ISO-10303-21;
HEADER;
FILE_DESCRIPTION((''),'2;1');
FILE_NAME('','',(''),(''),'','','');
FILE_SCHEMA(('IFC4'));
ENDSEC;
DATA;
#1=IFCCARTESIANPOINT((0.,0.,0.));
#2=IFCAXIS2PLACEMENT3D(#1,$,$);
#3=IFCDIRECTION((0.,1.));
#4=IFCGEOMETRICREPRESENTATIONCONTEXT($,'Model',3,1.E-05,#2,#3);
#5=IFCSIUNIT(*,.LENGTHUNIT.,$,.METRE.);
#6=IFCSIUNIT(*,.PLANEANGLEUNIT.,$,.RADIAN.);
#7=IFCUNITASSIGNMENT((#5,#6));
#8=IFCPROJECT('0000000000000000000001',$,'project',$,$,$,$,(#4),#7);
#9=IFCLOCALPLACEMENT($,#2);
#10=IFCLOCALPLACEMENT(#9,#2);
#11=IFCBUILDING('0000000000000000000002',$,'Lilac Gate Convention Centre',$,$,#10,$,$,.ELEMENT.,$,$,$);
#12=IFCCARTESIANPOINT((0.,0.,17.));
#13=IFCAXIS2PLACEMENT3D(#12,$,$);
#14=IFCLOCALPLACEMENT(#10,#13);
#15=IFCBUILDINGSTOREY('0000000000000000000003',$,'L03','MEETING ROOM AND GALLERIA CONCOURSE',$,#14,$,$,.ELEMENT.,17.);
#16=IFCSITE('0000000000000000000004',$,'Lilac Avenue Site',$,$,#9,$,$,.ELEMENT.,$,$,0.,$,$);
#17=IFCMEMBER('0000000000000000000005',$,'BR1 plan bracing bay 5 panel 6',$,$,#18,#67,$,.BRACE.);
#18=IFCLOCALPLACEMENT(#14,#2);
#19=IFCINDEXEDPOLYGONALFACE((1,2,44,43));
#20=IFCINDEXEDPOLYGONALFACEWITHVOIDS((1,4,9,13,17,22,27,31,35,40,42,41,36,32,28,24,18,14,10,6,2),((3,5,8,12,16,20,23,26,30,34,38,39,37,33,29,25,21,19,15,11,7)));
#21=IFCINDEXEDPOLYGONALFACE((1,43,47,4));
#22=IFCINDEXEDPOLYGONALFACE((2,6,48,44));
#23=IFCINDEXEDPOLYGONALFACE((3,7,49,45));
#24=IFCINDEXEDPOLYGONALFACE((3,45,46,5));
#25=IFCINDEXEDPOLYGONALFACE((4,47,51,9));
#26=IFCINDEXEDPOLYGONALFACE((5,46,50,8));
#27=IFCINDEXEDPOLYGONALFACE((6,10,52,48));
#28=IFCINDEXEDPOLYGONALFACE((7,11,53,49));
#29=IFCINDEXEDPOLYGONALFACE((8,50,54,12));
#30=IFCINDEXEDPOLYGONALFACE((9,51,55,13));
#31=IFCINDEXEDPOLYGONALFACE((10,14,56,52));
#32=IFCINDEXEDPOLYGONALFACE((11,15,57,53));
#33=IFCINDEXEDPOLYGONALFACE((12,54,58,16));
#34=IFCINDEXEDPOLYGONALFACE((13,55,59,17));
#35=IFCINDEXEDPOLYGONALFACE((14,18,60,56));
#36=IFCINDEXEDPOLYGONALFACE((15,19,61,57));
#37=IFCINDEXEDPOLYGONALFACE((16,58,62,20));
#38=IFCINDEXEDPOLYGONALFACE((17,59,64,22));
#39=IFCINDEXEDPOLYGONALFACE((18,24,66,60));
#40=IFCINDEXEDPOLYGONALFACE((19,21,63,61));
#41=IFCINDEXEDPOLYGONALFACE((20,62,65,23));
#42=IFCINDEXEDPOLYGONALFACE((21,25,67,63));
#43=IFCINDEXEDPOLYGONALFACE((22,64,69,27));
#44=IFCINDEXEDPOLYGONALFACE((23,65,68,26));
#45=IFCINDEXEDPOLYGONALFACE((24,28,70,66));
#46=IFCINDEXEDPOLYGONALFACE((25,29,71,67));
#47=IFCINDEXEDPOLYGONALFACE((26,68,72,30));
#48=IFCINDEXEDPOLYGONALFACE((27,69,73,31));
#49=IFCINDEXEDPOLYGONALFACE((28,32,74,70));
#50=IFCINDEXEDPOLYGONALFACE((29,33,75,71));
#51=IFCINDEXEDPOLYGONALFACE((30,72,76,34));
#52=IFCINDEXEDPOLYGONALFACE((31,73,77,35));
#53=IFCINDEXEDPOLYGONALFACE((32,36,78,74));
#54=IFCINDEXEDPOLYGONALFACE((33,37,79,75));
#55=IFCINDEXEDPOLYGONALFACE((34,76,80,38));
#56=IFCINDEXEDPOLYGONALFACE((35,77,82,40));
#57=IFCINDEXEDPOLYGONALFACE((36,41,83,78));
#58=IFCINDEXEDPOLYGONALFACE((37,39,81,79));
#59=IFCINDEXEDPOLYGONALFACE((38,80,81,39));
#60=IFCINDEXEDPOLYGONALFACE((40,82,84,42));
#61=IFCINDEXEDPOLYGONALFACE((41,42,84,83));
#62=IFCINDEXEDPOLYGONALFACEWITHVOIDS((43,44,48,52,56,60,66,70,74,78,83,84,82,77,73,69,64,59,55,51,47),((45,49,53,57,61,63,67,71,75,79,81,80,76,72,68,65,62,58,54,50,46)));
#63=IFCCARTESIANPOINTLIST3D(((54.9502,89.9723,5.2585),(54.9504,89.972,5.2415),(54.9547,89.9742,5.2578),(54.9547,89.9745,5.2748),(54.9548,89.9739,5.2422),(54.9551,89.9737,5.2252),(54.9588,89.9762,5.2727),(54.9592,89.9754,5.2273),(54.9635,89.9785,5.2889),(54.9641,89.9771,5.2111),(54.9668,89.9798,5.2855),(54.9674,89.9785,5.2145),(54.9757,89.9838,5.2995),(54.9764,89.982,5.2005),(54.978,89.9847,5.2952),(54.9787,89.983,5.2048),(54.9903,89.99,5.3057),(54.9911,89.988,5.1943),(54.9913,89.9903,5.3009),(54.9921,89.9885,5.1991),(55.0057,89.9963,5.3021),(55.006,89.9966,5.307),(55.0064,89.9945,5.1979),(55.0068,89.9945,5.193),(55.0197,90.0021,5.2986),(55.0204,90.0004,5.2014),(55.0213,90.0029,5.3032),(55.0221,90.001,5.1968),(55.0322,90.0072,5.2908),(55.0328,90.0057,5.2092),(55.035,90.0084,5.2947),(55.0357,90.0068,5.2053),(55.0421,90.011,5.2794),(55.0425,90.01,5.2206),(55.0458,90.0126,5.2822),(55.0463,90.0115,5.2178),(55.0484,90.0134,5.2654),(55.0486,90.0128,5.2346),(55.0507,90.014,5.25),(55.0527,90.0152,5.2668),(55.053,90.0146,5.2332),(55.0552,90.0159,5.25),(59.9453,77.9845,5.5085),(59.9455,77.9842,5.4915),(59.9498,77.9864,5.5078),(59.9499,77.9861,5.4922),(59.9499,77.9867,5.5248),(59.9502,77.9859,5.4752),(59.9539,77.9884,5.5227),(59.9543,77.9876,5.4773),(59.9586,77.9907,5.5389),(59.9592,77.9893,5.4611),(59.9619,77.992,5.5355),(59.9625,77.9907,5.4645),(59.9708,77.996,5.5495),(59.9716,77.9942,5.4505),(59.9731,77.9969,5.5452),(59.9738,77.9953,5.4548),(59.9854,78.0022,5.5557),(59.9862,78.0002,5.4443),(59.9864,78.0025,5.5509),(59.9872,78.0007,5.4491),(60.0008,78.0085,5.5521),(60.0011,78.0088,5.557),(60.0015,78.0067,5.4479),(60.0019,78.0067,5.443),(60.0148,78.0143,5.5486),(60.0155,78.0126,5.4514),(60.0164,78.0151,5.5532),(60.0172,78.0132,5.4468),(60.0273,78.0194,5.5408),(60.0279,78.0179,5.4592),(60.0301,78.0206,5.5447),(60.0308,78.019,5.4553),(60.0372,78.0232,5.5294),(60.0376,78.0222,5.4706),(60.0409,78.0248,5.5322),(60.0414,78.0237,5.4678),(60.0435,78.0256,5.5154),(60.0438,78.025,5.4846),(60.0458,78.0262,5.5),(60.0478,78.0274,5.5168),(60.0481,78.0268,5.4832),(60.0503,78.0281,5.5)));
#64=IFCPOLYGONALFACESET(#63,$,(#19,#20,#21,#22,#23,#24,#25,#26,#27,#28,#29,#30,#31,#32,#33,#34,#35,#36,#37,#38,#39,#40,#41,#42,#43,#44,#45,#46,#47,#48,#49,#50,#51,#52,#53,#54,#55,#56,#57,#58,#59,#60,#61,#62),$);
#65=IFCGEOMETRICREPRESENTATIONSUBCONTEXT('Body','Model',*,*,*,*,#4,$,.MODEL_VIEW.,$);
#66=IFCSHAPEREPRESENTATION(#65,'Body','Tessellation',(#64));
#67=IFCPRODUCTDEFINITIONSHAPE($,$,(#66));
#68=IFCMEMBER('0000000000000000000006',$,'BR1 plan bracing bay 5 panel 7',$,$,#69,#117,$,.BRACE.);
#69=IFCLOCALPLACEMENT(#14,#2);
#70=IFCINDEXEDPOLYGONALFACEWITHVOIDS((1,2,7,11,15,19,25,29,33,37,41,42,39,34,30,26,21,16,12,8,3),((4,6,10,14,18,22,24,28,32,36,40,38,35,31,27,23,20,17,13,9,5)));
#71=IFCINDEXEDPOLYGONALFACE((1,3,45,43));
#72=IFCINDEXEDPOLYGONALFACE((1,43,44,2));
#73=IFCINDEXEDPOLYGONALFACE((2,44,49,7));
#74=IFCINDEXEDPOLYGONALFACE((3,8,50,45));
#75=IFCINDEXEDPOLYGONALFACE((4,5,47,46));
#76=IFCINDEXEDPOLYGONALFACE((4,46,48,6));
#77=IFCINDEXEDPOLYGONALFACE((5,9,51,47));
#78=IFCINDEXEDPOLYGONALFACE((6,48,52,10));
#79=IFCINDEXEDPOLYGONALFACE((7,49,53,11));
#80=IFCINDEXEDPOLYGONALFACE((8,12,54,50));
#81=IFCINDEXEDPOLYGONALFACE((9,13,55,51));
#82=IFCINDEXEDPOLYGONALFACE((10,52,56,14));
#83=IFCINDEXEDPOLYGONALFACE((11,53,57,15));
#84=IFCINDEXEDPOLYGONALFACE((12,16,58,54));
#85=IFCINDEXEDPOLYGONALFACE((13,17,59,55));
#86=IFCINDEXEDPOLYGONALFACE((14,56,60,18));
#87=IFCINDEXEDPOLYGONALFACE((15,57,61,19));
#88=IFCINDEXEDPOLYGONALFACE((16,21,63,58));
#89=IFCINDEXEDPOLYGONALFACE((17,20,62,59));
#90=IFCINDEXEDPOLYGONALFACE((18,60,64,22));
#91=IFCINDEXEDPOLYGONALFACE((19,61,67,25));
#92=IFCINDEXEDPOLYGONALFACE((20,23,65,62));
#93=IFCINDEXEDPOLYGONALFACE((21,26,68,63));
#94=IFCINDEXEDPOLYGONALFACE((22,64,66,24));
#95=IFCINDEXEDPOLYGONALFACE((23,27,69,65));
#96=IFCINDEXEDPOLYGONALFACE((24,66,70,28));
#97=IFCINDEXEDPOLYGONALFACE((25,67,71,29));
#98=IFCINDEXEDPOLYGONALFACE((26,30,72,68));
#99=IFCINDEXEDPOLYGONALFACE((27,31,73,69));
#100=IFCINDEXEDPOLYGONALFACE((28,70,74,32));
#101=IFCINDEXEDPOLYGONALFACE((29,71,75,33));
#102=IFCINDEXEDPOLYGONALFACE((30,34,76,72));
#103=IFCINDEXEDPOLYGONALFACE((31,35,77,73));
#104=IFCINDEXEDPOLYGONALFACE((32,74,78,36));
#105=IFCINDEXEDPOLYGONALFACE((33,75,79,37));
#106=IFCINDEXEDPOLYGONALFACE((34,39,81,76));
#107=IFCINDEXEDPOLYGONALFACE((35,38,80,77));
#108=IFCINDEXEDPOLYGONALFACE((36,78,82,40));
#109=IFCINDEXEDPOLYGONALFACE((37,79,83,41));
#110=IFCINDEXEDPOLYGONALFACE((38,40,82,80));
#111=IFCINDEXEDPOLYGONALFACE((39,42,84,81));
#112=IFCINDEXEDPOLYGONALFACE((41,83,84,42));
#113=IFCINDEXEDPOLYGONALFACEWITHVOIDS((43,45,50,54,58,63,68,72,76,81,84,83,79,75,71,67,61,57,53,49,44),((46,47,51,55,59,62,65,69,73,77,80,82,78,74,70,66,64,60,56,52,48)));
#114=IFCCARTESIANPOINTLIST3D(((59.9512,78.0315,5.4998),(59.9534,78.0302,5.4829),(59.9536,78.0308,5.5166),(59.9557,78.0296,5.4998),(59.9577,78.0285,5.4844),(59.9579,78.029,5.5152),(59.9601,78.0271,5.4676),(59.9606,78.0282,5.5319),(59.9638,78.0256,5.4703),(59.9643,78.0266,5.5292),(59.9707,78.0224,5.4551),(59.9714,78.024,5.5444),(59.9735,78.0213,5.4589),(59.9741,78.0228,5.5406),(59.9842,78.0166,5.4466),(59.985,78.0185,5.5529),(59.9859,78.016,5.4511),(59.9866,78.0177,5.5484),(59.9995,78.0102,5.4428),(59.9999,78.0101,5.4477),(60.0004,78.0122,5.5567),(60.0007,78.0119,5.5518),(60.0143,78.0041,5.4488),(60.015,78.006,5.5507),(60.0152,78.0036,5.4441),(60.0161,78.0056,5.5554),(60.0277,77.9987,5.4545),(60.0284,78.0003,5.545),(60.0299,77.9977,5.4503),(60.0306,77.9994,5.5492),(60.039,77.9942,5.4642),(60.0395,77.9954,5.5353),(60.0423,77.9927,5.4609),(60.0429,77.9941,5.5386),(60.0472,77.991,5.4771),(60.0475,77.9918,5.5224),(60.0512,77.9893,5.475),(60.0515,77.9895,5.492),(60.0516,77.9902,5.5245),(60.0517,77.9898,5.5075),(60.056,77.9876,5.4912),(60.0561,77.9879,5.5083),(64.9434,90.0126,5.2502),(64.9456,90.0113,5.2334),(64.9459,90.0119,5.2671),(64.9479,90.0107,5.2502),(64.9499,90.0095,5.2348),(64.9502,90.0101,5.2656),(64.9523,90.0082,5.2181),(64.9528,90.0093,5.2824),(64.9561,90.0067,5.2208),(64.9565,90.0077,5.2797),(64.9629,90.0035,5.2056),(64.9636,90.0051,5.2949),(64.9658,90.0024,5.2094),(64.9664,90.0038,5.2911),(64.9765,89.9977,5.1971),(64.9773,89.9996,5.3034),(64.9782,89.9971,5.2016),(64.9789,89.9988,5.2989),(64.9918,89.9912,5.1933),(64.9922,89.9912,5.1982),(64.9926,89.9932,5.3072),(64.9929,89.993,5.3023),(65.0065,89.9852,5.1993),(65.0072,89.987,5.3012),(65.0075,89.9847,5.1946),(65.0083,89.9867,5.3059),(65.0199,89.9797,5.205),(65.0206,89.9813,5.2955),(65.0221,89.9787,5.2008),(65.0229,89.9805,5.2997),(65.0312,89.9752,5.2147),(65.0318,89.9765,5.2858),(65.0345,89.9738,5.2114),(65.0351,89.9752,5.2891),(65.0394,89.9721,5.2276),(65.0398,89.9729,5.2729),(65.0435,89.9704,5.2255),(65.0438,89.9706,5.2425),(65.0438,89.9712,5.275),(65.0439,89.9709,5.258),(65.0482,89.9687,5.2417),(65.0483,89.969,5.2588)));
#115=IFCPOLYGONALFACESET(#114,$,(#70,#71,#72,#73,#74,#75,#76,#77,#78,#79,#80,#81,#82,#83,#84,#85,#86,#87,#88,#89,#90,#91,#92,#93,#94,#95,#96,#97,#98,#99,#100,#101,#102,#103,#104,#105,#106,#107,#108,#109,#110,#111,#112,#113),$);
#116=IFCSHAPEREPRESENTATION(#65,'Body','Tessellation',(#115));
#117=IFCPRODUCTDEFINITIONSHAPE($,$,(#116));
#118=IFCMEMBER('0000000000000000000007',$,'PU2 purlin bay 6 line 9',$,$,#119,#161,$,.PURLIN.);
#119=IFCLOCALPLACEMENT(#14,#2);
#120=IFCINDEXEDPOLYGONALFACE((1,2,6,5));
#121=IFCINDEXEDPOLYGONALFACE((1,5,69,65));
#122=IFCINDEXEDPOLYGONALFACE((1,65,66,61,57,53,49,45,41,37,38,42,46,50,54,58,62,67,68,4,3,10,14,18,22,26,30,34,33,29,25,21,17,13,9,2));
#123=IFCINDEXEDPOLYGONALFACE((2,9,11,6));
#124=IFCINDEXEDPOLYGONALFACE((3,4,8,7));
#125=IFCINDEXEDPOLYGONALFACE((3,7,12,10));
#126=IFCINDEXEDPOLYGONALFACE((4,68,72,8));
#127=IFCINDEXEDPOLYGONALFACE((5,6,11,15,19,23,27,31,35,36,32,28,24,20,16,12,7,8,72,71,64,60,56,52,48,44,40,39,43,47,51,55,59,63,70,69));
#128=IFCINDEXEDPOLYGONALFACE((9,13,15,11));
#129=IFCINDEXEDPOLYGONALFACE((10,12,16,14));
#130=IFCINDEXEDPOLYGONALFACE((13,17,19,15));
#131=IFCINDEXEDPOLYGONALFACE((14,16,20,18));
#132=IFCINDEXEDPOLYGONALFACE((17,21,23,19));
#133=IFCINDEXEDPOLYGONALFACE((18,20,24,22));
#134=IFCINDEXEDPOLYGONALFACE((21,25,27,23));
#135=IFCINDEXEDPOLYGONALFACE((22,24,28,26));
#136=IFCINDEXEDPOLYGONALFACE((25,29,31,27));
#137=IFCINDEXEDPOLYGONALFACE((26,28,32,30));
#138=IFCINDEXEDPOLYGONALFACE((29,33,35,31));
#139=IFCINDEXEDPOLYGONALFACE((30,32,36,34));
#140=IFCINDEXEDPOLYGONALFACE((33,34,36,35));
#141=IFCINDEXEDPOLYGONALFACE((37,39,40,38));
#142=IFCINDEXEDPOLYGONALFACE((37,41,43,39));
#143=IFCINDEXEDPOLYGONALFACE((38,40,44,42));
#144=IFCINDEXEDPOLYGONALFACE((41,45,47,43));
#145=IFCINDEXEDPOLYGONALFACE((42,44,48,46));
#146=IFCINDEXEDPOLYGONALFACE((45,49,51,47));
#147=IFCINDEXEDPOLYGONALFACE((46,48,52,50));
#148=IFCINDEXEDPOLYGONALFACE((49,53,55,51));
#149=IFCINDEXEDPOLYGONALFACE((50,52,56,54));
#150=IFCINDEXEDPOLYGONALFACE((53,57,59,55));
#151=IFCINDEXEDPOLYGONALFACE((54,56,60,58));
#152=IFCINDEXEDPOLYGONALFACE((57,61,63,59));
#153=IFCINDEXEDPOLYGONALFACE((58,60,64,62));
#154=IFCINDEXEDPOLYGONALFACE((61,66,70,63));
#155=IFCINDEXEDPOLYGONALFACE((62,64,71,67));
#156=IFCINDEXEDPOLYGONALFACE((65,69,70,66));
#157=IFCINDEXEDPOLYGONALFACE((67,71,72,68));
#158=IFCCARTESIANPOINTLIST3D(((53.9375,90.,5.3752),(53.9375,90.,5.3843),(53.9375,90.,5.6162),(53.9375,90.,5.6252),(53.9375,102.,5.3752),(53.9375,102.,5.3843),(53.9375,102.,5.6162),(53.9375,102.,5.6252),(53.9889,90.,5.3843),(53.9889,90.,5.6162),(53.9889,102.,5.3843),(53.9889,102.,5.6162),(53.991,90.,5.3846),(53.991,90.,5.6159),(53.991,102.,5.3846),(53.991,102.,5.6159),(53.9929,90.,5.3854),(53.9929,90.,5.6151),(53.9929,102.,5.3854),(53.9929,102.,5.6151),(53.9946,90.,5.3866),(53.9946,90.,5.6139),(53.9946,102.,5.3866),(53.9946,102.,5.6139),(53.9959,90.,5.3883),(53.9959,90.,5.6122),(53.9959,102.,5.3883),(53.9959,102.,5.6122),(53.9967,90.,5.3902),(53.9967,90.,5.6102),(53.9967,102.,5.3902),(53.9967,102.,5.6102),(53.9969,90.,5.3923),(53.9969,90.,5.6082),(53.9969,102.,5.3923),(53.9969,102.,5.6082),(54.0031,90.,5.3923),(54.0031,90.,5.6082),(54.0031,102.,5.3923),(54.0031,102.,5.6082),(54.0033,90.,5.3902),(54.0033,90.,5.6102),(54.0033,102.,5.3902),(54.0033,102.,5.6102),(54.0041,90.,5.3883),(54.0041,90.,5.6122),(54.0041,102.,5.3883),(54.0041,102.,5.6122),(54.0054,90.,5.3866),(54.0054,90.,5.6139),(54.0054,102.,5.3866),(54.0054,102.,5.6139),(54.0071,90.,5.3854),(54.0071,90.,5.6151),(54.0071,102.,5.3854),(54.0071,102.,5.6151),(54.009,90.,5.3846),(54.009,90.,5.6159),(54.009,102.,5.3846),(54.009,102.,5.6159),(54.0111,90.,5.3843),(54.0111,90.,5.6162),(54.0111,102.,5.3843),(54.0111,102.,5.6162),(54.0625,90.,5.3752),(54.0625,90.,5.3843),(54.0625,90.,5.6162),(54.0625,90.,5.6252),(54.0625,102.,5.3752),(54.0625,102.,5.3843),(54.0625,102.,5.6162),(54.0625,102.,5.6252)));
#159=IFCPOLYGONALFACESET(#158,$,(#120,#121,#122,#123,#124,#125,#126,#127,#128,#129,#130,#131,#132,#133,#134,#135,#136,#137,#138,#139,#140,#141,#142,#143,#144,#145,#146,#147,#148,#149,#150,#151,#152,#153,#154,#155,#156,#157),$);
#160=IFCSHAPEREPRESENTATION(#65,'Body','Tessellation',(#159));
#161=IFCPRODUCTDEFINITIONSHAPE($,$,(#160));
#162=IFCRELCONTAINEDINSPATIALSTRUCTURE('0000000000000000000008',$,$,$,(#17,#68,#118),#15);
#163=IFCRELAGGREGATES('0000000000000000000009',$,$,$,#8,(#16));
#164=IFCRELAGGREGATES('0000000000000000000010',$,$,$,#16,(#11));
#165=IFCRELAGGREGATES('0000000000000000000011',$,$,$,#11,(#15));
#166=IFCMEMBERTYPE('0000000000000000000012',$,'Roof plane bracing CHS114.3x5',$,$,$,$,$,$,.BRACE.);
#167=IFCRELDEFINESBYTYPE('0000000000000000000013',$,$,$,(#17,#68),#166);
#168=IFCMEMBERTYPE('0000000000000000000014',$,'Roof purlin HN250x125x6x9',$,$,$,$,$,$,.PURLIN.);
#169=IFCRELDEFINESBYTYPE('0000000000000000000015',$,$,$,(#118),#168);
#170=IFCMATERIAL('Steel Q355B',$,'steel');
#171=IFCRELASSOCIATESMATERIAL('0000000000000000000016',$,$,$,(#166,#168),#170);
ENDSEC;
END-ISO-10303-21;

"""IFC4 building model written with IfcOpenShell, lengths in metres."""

from ifc_helpers import new_model, si_unit, direction, frame, origin, origin_2d, place, context, subcontext, project, spatial, hollow_circle, i_section, extrude, material, material_profile, profile_set, type_object, element, save


model = new_model("IFC4")

# Units and contexts
model_context = context("Model", 3, precision=1e-05, world=origin(), true_north=direction((0.0, 1.0)))
body_context = subcontext(model_context, "Body", "Model", "MODEL_VIEW")
ifc_project = project(units=[si_unit("LENGTHUNIT", "METRE"), si_unit("PLANEANGLEUNIT", "RADIAN")], contexts=[model_context])

# Site, building, storey
site_placement = place(None, origin())
site = spatial("IfcSite", under=ifc_project, at=site_placement, Name="Lilac Avenue Site", CompositionType="ELEMENT", RefElevation=0.0)
building_placement = place(site_placement, origin())
building = spatial("IfcBuilding", under=site, at=building_placement, Name="Lilac Gate Convention Centre", CompositionType="ELEMENT")
storey_placement = place(building_placement, frame((0.0, 0.0, 17.0)))
storey = spatial("IfcBuildingStorey", under=building, at=storey_placement, Name="L03", Description="MEETING ROOM AND GALLERIA CONCOURSE", CompositionType="ELEMENT", Elevation=17.0)

# Members
ifc_material = material(Name="Steel Q355B", Category="steel")
ifc_material_profile_1 = material_profile(ifc_material, hollow_circle(Radius=0.0571, WallThickness=0.0049, at=origin_2d()), Name="CHS114.3x5")
ifc_profile_set_1 = profile_set([ifc_material_profile_1], Name="Steel Q355B")
member_type_1 = type_object("IfcMemberType", Name="Roof plane bracing CHS114.3x5", PredefinedType="BRACE", material=ifc_profile_set_1)
member_1_placement = place(storey_placement, frame((55.0024, 89.9939, 5.25), z_axis=(0.384557, -0.9229, 0.019247), x_axis=(0.923071, 0.384629, 0.0)))
element("IfcMember", 1, at=member_1_placement, inside=storey, type_object=member_type_1, Name="BR1 plan bracing bay 5 panel 6", PredefinedType="BRACE", context=body_context, shape_type="SweptSolid", body=[
    extrude(hollow_circle(Radius=0.0571, WallThickness=0.0049, at=origin_2d()), origin(), (0.0, 0.0, 1.0), 12.9893),
])
member_2_placement = place(storey_placement, frame((60.0039, 78.0095, 5.4998), z_axis=(0.384552, 0.922903, -0.01922), x_axis=(-0.923074, 0.384623, 0.0)))
element("IfcMember", 2, at=member_2_placement, inside=storey, type_object=member_type_1, Name="BR1 plan bracing bay 5 panel 7", PredefinedType="BRACE", context=body_context, shape_type="SweptSolid", body=[
    extrude(hollow_circle(Radius=0.0571, WallThickness=0.0049, at=origin_2d()), origin(), (0.0, 0.0, 1.0), 12.9819),
])
ifc_material_profile_2 = material_profile(ifc_material, i_section(OverallWidth=0.125, OverallDepth=0.25, WebThickness=0.0061, FlangeThickness=0.009, FilletRadius=0.0081, at=origin_2d()), Name="HN250x125x6x9")
ifc_profile_set_2 = profile_set([ifc_material_profile_2], Name="Steel Q355B")
member_type_2 = type_object("IfcMemberType", Name="Roof purlin HN250x125x6x9", PredefinedType="PURLIN", material=ifc_profile_set_2)
for number, where, z_axis, x_axis, name in (
    (3, (54.0, 90.0, 5.5002), (0.0, 1.0, 0.0), (-1.0, 0.0, 0.0), "PU2 purlin bay 6 line 9"),
):
    element("IfcMember", number, at=place(storey_placement, frame(where, z_axis=z_axis, x_axis=x_axis)), inside=storey, type_object=member_type_2, Name=name, PredefinedType="PURLIN", context=body_context, shape_type="SweptSolid", body=[
        extrude(i_section(OverallWidth=0.125, OverallDepth=0.25, WebThickness=0.0061, FlangeThickness=0.009, FilletRadius=0.0081, at=origin_2d()), origin(), (0.0, 0.0, 1.0), 12.0),
    ])

save(model, "model.ifc")
